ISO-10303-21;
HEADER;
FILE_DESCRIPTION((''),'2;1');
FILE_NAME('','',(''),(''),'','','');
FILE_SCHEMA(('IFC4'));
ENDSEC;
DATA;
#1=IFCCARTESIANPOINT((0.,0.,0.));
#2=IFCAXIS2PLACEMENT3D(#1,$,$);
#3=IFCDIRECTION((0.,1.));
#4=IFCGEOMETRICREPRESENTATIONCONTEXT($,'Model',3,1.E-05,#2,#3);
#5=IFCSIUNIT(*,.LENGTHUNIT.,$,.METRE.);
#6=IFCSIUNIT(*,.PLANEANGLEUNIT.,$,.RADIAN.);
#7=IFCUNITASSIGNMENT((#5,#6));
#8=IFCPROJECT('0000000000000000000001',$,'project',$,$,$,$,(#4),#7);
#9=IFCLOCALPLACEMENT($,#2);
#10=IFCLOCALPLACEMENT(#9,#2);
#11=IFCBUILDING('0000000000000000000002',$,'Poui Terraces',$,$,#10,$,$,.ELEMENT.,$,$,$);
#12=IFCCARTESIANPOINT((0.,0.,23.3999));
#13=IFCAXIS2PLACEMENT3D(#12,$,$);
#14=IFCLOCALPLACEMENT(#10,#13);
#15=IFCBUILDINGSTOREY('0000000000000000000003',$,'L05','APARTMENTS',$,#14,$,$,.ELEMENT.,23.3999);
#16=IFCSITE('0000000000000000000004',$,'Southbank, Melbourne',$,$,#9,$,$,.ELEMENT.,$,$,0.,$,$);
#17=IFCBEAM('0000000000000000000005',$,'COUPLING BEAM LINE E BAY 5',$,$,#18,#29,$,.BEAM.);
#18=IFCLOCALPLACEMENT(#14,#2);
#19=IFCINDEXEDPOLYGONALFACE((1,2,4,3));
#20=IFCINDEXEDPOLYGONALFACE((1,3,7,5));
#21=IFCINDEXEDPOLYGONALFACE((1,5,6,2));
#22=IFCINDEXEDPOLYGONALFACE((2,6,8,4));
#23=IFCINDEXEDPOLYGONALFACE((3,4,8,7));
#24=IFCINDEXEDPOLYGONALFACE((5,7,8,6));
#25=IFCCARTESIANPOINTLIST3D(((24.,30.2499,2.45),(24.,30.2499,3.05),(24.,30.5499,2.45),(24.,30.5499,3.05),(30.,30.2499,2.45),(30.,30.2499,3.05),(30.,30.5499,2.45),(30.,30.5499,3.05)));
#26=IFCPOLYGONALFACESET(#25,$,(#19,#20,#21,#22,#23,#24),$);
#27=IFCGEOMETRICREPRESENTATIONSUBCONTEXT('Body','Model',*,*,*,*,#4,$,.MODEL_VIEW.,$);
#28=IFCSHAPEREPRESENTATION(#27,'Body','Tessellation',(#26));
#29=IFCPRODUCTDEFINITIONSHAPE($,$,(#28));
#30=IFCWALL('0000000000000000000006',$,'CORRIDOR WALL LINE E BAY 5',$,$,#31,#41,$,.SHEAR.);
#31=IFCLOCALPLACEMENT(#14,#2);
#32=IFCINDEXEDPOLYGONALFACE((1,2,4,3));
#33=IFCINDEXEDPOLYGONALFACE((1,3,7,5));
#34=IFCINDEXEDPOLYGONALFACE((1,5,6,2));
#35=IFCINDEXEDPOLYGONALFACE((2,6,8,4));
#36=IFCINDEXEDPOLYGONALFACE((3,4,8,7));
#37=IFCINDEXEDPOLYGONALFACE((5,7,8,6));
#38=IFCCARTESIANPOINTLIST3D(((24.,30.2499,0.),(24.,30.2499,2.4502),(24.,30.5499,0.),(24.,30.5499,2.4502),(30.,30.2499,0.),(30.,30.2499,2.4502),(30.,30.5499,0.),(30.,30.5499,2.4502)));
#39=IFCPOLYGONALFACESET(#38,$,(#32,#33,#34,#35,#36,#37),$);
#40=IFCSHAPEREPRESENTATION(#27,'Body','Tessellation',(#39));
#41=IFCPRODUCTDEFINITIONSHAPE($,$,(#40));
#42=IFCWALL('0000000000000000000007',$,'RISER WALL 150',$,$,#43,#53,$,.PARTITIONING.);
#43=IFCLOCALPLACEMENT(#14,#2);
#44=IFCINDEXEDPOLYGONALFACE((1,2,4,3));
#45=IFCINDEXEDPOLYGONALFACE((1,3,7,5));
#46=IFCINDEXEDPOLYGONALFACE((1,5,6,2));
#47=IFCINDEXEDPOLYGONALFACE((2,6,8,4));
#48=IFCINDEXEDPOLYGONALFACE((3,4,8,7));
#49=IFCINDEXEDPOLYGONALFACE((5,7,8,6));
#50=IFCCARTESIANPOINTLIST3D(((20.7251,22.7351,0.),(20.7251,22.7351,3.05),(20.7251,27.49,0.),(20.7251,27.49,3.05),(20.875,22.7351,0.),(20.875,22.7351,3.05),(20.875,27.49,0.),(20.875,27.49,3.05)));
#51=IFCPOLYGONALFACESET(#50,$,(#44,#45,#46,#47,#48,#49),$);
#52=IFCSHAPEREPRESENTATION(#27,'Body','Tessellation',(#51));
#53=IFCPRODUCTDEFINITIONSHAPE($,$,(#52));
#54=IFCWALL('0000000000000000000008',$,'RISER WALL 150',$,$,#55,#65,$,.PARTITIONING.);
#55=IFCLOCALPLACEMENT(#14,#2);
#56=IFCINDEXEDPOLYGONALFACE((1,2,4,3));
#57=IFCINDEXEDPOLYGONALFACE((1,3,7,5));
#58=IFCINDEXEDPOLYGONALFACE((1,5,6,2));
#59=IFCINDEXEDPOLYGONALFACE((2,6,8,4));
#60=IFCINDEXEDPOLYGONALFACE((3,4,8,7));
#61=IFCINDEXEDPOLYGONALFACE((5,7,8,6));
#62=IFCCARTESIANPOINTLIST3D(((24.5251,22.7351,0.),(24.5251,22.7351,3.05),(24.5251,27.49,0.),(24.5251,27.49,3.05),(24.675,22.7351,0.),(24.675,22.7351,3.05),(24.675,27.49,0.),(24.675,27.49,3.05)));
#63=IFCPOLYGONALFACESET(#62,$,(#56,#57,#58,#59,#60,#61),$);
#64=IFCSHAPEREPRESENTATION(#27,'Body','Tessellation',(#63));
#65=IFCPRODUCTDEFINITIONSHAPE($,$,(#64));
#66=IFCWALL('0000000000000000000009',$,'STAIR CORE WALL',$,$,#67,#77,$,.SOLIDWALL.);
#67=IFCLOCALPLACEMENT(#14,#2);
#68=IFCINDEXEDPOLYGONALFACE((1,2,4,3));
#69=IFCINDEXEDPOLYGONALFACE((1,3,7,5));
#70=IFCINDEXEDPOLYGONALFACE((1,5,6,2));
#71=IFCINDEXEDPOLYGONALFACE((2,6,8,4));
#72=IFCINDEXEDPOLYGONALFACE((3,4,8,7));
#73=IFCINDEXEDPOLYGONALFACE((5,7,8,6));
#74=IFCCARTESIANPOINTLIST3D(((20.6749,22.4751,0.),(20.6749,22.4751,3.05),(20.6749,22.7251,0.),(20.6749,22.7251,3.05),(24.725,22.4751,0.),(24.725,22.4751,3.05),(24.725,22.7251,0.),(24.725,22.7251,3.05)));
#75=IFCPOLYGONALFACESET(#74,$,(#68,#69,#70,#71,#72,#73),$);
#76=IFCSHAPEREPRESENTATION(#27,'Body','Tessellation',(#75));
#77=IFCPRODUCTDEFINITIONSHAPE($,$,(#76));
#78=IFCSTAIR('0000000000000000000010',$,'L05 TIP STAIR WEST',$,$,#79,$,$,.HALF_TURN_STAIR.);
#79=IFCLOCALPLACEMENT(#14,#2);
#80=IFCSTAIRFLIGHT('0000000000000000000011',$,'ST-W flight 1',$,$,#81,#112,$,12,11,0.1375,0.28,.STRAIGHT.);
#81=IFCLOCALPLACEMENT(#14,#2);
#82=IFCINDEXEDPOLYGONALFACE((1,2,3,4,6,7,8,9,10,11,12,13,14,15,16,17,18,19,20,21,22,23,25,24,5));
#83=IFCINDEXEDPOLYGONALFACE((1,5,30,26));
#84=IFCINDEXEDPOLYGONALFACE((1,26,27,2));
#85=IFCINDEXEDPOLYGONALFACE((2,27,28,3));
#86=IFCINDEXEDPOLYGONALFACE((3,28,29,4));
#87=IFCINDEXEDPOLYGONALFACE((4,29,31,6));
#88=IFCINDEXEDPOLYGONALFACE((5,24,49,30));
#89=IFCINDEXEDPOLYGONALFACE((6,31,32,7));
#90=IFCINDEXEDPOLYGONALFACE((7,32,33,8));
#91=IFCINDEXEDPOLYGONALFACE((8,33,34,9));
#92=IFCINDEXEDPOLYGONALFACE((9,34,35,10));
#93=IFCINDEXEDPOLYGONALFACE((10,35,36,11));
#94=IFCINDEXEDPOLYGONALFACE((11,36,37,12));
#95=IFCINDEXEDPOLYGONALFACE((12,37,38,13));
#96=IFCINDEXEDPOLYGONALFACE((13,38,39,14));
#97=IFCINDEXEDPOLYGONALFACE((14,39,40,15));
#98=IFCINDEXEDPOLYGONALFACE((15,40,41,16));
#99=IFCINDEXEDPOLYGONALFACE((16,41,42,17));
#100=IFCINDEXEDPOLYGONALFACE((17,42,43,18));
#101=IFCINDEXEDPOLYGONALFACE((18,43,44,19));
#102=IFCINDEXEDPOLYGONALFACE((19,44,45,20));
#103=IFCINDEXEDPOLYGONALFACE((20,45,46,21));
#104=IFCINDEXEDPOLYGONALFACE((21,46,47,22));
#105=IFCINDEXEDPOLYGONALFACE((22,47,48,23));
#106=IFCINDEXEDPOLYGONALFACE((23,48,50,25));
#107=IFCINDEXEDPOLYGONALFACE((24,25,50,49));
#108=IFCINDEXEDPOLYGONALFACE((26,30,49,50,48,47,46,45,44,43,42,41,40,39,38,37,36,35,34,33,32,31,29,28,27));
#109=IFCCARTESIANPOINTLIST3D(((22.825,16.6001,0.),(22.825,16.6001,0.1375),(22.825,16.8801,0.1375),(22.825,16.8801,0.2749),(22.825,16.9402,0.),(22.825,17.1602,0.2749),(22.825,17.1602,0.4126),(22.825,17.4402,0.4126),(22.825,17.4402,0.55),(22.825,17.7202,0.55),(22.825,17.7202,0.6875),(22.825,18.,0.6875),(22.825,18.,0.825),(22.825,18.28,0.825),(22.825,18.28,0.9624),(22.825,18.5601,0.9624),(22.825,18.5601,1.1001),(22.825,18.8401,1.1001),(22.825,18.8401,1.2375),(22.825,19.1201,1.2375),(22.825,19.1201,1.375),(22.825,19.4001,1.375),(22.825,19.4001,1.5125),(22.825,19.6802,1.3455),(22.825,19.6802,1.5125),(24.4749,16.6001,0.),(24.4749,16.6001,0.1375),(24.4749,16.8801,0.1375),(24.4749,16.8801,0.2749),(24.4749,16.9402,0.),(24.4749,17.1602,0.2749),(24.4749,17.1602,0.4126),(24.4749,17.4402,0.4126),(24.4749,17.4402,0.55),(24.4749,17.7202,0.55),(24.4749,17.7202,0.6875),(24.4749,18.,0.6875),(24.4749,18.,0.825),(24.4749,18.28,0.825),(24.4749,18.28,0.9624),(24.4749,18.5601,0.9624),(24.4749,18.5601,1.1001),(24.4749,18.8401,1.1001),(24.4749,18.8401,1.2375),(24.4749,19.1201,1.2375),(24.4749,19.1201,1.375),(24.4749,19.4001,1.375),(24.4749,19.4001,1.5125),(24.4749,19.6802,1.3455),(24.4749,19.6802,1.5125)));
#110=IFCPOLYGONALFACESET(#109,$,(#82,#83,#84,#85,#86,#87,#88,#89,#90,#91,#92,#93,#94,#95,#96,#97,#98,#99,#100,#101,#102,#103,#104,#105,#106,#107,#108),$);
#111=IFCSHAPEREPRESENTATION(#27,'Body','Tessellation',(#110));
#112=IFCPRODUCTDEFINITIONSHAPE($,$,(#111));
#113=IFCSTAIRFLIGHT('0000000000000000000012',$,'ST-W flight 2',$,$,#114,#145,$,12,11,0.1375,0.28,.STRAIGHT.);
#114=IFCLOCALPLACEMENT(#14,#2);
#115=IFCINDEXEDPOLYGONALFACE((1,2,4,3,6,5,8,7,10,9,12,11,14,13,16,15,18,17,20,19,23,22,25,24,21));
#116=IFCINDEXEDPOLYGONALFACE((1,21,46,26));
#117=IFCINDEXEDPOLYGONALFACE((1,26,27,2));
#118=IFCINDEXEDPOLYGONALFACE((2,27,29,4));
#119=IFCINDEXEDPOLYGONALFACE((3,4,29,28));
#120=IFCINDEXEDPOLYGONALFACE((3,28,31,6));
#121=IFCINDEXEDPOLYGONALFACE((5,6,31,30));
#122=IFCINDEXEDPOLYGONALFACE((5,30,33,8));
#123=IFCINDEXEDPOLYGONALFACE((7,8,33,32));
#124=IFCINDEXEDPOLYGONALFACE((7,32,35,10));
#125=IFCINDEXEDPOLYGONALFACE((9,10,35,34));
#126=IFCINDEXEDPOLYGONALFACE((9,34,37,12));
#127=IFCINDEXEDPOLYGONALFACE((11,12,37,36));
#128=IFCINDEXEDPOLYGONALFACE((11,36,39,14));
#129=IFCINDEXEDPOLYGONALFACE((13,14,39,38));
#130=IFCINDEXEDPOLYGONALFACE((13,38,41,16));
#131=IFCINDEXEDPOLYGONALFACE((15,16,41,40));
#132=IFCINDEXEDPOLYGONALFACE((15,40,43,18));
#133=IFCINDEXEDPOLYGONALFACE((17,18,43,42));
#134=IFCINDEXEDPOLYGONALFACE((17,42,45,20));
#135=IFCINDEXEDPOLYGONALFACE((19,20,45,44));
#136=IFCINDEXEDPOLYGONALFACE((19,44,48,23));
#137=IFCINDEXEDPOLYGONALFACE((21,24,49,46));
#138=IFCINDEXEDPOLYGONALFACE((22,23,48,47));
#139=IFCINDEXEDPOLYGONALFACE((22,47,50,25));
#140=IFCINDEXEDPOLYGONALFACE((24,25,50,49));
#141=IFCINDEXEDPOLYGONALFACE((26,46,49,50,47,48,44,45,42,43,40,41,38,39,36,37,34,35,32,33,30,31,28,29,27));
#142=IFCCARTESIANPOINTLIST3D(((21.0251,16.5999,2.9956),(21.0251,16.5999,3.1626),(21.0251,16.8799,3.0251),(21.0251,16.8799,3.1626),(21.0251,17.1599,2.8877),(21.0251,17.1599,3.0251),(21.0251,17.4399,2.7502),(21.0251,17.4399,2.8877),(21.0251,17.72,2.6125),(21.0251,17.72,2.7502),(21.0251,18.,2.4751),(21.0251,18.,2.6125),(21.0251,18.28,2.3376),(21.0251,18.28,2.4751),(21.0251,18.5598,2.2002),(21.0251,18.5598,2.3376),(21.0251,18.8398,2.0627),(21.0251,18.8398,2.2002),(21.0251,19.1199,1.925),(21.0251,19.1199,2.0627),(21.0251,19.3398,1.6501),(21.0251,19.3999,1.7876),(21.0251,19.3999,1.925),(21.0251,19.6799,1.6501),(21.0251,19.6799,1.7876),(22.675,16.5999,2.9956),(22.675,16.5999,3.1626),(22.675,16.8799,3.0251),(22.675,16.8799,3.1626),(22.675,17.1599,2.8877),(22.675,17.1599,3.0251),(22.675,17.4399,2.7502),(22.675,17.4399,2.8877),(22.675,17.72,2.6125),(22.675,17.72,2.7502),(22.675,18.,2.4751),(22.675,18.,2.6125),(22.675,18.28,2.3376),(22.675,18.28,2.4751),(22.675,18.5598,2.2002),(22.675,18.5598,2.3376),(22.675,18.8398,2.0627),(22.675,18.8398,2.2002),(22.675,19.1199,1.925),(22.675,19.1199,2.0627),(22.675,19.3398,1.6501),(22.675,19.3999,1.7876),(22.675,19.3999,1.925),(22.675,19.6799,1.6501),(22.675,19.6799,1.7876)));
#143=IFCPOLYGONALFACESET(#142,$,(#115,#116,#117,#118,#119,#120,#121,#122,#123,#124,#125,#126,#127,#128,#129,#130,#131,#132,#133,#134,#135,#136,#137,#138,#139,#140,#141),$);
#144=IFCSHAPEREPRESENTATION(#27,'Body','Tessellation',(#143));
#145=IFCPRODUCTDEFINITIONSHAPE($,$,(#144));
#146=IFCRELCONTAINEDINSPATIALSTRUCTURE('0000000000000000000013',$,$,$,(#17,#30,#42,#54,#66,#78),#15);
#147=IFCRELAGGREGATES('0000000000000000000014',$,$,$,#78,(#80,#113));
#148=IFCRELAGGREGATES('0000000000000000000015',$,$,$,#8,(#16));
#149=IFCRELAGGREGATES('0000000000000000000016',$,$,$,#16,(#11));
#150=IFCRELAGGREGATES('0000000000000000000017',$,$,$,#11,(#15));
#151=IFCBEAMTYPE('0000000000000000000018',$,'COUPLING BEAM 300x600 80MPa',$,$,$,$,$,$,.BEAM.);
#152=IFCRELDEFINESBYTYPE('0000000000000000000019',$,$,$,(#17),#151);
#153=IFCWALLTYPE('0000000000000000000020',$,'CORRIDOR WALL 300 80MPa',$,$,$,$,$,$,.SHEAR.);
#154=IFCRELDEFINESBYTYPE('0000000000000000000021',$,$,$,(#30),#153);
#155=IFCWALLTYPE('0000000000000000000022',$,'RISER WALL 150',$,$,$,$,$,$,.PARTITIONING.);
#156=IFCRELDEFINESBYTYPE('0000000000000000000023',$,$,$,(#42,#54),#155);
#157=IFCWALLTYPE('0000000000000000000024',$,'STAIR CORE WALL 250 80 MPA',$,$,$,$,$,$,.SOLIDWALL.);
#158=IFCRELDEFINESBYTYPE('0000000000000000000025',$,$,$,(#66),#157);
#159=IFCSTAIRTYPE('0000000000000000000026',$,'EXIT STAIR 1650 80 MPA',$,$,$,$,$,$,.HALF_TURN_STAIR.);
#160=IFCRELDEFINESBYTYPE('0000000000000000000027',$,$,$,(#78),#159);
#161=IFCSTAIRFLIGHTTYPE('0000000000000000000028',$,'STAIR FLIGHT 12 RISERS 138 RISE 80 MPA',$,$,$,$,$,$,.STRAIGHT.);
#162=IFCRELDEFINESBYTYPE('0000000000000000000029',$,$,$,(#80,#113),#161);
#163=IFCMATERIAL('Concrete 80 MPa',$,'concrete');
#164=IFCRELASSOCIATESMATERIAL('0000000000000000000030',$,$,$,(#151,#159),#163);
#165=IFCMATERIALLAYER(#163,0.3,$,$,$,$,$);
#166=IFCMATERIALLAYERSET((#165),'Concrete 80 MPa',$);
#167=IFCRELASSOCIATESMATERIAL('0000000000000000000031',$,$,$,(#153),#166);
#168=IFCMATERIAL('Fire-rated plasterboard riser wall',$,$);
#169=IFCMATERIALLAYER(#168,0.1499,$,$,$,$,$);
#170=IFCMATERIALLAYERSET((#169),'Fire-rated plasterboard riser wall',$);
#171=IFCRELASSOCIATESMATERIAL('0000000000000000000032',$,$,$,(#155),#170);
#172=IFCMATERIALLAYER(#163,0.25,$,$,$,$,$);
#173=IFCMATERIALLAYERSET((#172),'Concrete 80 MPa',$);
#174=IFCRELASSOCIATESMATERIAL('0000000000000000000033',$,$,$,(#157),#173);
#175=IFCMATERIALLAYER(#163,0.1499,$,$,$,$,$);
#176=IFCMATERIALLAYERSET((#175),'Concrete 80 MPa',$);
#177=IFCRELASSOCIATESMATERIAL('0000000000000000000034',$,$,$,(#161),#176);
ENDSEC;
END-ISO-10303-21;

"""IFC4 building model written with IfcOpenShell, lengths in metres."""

from ifc_helpers import new_model, si_unit, direction, frame, frame_2d, origin, origin_2d, place, context, subcontext, project, spatial, polyline, rectangle, outline, extrude, source, transform, mapped, material, layer, layer_set, material_profile, profile_set, type_object, element, aggregate, save


model = new_model("IFC4")

# Units and contexts
model_context = context("Model", 3, precision=1e-05, world=origin(), true_north=direction((0.0, 1.0)))
body_context = subcontext(model_context, "Body", "Model", "MODEL_VIEW")
ifc_project = project(units=[si_unit("LENGTHUNIT", "METRE"), si_unit("PLANEANGLEUNIT", "RADIAN")], contexts=[model_context])

# Site, building, storey
site_placement = place(None, origin())
site = spatial("IfcSite", under=ifc_project, at=site_placement, Name="Southbank, Melbourne", CompositionType="ELEMENT", RefElevation=0.0)
building_placement = place(site_placement, origin())
building = spatial("IfcBuilding", under=site, at=building_placement, Name="Poui Terraces", CompositionType="ELEMENT")
storey_placement = place(building_placement, frame((0.0, 0.0, 23.3999)))
storey = spatial("IfcBuildingStorey", under=building, at=storey_placement, Name="L05", Description="APARTMENTS", CompositionType="ELEMENT", Elevation=23.3999)

# Beam
ifc_material_1 = material(Name="Concrete 80 MPa", Category="concrete")
ifc_material_profile = material_profile(ifc_material_1, rectangle(XDim=0.3, YDim=0.6001, at=origin_2d()), Name="RC 300x600")
ifc_profile_set = profile_set([ifc_material_profile], Name="Concrete 80 MPa")
beam_type = type_object("IfcBeamType", Name="COUPLING BEAM 300x600 80MPa", PredefinedType="BEAM", material=ifc_profile_set)
shared_shape = source(origin(), body_context, "Body", "SweptSolid", [
    extrude(rectangle(XDim=0.3, YDim=0.6001, at=origin_2d()), origin(), (0.0, 0.0, 1.0), 6.0),
])
beam_placement = place(storey_placement, frame((24.0, 30.3999, 2.75), z_axis=(1.0, 0.0, 0.0), x_axis=(0.0, 1.0, 0.0)))
element("IfcBeam", 1, at=beam_placement, inside=storey, type_object=beam_type, Name="COUPLING BEAM LINE E BAY 5", PredefinedType="BEAM", context=body_context, shape_type="MappedRepresentation", body=[
    mapped(shared_shape, transform((0.0, 0.0, 0.0))),
])

# Walls
ifc_layer_1 = layer(ifc_material_1, 0.3)
ifc_layer_set_1 = layer_set([ifc_layer_1], Name="Concrete 80 MPa")
wall_type_1 = type_object("IfcWallType", Name="CORRIDOR WALL 300 80MPa", PredefinedType="SHEAR", material=ifc_layer_set_1)
wall_1_placement = place(storey_placement, frame((24.0, 30.3999, 0.0), z_axis=(0.0, 0.0, 1.0), x_axis=(1.0, 0.0, 0.0)))
element("IfcWall", 2, at=wall_1_placement, inside=storey, type_object=wall_type_1, Name="CORRIDOR WALL LINE E BAY 5", PredefinedType="SHEAR", context=body_context, shape_type="SweptSolid", body=[
    extrude(rectangle(XDim=6.0, YDim=0.3, at=frame_2d((3.0, 0.0))), origin(), (0.0, 0.0, 1.0), 2.4502),
])
ifc_material_2 = material(Name="Fire-rated plasterboard riser wall")
ifc_layer_2 = layer(ifc_material_2, 0.1499)
ifc_layer_set_2 = layer_set([ifc_layer_2], Name="Fire-rated plasterboard riser wall")
wall_type_2 = type_object("IfcWallType", Name="RISER WALL 150", PredefinedType="PARTITIONING", material=ifc_layer_set_2)
for number, where, z_axis, x_axis, name in (
    (3, (20.8, 22.7351, 0.0), (0.0, 0.0, 1.0), (0.0, 1.0, 0.0), "RISER WALL 150"),
    (4, (24.6001, 22.7351, 0.0), (0.0, 0.0, 1.0), (0.0, 1.0, 0.0), "RISER WALL 150"),
):
    element("IfcWall", number, at=place(storey_placement, frame(where, z_axis=z_axis, x_axis=x_axis)), inside=storey, type_object=wall_type_2, Name=name, PredefinedType="PARTITIONING", context=body_context, shape_type="SweptSolid", body=[
        extrude(rectangle(XDim=4.7549, YDim=0.1499, at=frame_2d((2.3774, 0.0))), origin(), (0.0, 0.0, 1.0), 3.05),
    ])
ifc_layer_3 = layer(ifc_material_1, 0.25)
ifc_layer_set_3 = layer_set([ifc_layer_3], Name="Concrete 80 MPa")
wall_type_3 = type_object("IfcWallType", Name="STAIR CORE WALL 250 80 MPA", PredefinedType="SOLIDWALL", material=ifc_layer_set_3)
wall_2_placement = place(storey_placement, frame((20.675, 22.6001, 0.0), z_axis=(0.0, 0.0, 1.0), x_axis=(1.0, 0.0, 0.0)))
element("IfcWall", 5, at=wall_2_placement, inside=storey, type_object=wall_type_3, Name="STAIR CORE WALL", PredefinedType="SOLIDWALL", context=body_context, shape_type="SweptSolid", body=[
    extrude(rectangle(XDim=4.05, YDim=0.25, at=frame_2d((2.0249, 0.0))), origin(), (0.0, 0.0, 1.0), 3.05),
])

# Stair, stair flights
stair_type = type_object("IfcStairType", Name="EXIT STAIR 1650 80 MPA", PredefinedType="HALF_TURN_STAIR", material=ifc_material_1)
stair_placement = place(storey_placement, origin())
stair = element("IfcStair", 6, at=stair_placement, inside=storey, type_object=stair_type, Name="L05 TIP STAIR WEST", PredefinedType="HALF_TURN_STAIR")
ifc_layer_4 = layer(ifc_material_1, 0.1499)
ifc_layer_set_4 = layer_set([ifc_layer_4], Name="Concrete 80 MPa")
stair_flight_type = type_object("IfcStairFlightType", Name="STAIR FLIGHT 12 RISERS 138 RISE 80 MPA", PredefinedType="STRAIGHT", material=ifc_layer_set_4)
stair_flight_1_placement = place(storey_placement, frame((23.6499, 16.6001, 0.0), z_axis=(0.0, 0.0, 1.0), x_axis=(0.0, 1.0, 0.0)))
stair_flight_1 = element("IfcStairFlight", 7, at=stair_flight_1_placement, type_object=stair_flight_type, Name="ST-W flight 1", NumberOfRisers=12, NumberOfTreads=11, PredefinedType="STRAIGHT", RiserHeight=0.1375, TreadLength=0.28, context=body_context, shape_type="SweptSolid", body=[
    extrude(outline(polyline([(0.0, 0.0), (0.0, 0.1375), (0.28, 0.1375), (0.28, 0.2749), (0.5601, 0.2749), (0.5601, 0.4126), (0.8401, 0.4126), (0.8401, 0.55), (1.1201, 0.55), (1.1201, 0.6875), (1.3999, 0.6875), (1.3999, 0.825), (1.6799, 0.825), (1.6799, 0.9624), (1.96, 0.9624), (1.96, 1.1001), (2.24, 1.1001), (2.24, 1.2375), (2.52, 1.2375), (2.52, 1.375), (2.8, 1.375), (2.8, 1.5125), (3.0801, 1.5125), (3.0801, 1.6499), (3.0801, 1.3455), (0.3401, 0.0), (0.0, 0.0)])), frame((0.0, 0.825, 0.0), z_axis=(0.0, -1.0, 0.0), x_axis=(1.0, 0.0, 0.0)), (0.0, 0.0, 1.0), 1.6499),
])
stair_flight_2_placement = place(storey_placement, frame((21.8501, 19.6799, 1.6501), z_axis=(0.0, 0.0, 1.0), x_axis=(0.0, -1.0, 0.0)))
stair_flight_2 = element("IfcStairFlight", 8, at=stair_flight_2_placement, type_object=stair_flight_type, Name="ST-W flight 2", NumberOfRisers=12, NumberOfTreads=11, PredefinedType="STRAIGHT", RiserHeight=0.1375, TreadLength=0.28, context=body_context, shape_type="SweptSolid", body=[
    extrude(outline(polyline([(0.0, 0.0), (0.0, 0.1375), (0.28, 0.1375), (0.28, 0.2749), (0.5601, 0.2749), (0.5601, 0.4126), (0.8401, 0.4126), (0.8401, 0.55), (1.1201, 0.55), (1.1201, 0.6875), (1.3999, 0.6875), (1.3999, 0.825), (1.6799, 0.825), (1.6799, 0.9624), (1.96, 0.9624), (1.96, 1.1001), (2.24, 1.1001), (2.24, 1.2375), (2.52, 1.2375), (2.52, 1.375), (2.8, 1.375), (2.8, 1.5125), (3.0801, 1.5125), (3.0801, 1.6499), (3.0801, 1.3455), (0.3401, 0.0), (0.0, 0.0)])), frame((0.0, 0.825, 0.0), z_axis=(0.0, -1.0, 0.0), x_axis=(1.0, 0.0, 0.0)), (0.0, 0.0, 1.0), 1.6499),
])
aggregate(stair, [stair_flight_1, stair_flight_2])

save(model, "model.ifc")
